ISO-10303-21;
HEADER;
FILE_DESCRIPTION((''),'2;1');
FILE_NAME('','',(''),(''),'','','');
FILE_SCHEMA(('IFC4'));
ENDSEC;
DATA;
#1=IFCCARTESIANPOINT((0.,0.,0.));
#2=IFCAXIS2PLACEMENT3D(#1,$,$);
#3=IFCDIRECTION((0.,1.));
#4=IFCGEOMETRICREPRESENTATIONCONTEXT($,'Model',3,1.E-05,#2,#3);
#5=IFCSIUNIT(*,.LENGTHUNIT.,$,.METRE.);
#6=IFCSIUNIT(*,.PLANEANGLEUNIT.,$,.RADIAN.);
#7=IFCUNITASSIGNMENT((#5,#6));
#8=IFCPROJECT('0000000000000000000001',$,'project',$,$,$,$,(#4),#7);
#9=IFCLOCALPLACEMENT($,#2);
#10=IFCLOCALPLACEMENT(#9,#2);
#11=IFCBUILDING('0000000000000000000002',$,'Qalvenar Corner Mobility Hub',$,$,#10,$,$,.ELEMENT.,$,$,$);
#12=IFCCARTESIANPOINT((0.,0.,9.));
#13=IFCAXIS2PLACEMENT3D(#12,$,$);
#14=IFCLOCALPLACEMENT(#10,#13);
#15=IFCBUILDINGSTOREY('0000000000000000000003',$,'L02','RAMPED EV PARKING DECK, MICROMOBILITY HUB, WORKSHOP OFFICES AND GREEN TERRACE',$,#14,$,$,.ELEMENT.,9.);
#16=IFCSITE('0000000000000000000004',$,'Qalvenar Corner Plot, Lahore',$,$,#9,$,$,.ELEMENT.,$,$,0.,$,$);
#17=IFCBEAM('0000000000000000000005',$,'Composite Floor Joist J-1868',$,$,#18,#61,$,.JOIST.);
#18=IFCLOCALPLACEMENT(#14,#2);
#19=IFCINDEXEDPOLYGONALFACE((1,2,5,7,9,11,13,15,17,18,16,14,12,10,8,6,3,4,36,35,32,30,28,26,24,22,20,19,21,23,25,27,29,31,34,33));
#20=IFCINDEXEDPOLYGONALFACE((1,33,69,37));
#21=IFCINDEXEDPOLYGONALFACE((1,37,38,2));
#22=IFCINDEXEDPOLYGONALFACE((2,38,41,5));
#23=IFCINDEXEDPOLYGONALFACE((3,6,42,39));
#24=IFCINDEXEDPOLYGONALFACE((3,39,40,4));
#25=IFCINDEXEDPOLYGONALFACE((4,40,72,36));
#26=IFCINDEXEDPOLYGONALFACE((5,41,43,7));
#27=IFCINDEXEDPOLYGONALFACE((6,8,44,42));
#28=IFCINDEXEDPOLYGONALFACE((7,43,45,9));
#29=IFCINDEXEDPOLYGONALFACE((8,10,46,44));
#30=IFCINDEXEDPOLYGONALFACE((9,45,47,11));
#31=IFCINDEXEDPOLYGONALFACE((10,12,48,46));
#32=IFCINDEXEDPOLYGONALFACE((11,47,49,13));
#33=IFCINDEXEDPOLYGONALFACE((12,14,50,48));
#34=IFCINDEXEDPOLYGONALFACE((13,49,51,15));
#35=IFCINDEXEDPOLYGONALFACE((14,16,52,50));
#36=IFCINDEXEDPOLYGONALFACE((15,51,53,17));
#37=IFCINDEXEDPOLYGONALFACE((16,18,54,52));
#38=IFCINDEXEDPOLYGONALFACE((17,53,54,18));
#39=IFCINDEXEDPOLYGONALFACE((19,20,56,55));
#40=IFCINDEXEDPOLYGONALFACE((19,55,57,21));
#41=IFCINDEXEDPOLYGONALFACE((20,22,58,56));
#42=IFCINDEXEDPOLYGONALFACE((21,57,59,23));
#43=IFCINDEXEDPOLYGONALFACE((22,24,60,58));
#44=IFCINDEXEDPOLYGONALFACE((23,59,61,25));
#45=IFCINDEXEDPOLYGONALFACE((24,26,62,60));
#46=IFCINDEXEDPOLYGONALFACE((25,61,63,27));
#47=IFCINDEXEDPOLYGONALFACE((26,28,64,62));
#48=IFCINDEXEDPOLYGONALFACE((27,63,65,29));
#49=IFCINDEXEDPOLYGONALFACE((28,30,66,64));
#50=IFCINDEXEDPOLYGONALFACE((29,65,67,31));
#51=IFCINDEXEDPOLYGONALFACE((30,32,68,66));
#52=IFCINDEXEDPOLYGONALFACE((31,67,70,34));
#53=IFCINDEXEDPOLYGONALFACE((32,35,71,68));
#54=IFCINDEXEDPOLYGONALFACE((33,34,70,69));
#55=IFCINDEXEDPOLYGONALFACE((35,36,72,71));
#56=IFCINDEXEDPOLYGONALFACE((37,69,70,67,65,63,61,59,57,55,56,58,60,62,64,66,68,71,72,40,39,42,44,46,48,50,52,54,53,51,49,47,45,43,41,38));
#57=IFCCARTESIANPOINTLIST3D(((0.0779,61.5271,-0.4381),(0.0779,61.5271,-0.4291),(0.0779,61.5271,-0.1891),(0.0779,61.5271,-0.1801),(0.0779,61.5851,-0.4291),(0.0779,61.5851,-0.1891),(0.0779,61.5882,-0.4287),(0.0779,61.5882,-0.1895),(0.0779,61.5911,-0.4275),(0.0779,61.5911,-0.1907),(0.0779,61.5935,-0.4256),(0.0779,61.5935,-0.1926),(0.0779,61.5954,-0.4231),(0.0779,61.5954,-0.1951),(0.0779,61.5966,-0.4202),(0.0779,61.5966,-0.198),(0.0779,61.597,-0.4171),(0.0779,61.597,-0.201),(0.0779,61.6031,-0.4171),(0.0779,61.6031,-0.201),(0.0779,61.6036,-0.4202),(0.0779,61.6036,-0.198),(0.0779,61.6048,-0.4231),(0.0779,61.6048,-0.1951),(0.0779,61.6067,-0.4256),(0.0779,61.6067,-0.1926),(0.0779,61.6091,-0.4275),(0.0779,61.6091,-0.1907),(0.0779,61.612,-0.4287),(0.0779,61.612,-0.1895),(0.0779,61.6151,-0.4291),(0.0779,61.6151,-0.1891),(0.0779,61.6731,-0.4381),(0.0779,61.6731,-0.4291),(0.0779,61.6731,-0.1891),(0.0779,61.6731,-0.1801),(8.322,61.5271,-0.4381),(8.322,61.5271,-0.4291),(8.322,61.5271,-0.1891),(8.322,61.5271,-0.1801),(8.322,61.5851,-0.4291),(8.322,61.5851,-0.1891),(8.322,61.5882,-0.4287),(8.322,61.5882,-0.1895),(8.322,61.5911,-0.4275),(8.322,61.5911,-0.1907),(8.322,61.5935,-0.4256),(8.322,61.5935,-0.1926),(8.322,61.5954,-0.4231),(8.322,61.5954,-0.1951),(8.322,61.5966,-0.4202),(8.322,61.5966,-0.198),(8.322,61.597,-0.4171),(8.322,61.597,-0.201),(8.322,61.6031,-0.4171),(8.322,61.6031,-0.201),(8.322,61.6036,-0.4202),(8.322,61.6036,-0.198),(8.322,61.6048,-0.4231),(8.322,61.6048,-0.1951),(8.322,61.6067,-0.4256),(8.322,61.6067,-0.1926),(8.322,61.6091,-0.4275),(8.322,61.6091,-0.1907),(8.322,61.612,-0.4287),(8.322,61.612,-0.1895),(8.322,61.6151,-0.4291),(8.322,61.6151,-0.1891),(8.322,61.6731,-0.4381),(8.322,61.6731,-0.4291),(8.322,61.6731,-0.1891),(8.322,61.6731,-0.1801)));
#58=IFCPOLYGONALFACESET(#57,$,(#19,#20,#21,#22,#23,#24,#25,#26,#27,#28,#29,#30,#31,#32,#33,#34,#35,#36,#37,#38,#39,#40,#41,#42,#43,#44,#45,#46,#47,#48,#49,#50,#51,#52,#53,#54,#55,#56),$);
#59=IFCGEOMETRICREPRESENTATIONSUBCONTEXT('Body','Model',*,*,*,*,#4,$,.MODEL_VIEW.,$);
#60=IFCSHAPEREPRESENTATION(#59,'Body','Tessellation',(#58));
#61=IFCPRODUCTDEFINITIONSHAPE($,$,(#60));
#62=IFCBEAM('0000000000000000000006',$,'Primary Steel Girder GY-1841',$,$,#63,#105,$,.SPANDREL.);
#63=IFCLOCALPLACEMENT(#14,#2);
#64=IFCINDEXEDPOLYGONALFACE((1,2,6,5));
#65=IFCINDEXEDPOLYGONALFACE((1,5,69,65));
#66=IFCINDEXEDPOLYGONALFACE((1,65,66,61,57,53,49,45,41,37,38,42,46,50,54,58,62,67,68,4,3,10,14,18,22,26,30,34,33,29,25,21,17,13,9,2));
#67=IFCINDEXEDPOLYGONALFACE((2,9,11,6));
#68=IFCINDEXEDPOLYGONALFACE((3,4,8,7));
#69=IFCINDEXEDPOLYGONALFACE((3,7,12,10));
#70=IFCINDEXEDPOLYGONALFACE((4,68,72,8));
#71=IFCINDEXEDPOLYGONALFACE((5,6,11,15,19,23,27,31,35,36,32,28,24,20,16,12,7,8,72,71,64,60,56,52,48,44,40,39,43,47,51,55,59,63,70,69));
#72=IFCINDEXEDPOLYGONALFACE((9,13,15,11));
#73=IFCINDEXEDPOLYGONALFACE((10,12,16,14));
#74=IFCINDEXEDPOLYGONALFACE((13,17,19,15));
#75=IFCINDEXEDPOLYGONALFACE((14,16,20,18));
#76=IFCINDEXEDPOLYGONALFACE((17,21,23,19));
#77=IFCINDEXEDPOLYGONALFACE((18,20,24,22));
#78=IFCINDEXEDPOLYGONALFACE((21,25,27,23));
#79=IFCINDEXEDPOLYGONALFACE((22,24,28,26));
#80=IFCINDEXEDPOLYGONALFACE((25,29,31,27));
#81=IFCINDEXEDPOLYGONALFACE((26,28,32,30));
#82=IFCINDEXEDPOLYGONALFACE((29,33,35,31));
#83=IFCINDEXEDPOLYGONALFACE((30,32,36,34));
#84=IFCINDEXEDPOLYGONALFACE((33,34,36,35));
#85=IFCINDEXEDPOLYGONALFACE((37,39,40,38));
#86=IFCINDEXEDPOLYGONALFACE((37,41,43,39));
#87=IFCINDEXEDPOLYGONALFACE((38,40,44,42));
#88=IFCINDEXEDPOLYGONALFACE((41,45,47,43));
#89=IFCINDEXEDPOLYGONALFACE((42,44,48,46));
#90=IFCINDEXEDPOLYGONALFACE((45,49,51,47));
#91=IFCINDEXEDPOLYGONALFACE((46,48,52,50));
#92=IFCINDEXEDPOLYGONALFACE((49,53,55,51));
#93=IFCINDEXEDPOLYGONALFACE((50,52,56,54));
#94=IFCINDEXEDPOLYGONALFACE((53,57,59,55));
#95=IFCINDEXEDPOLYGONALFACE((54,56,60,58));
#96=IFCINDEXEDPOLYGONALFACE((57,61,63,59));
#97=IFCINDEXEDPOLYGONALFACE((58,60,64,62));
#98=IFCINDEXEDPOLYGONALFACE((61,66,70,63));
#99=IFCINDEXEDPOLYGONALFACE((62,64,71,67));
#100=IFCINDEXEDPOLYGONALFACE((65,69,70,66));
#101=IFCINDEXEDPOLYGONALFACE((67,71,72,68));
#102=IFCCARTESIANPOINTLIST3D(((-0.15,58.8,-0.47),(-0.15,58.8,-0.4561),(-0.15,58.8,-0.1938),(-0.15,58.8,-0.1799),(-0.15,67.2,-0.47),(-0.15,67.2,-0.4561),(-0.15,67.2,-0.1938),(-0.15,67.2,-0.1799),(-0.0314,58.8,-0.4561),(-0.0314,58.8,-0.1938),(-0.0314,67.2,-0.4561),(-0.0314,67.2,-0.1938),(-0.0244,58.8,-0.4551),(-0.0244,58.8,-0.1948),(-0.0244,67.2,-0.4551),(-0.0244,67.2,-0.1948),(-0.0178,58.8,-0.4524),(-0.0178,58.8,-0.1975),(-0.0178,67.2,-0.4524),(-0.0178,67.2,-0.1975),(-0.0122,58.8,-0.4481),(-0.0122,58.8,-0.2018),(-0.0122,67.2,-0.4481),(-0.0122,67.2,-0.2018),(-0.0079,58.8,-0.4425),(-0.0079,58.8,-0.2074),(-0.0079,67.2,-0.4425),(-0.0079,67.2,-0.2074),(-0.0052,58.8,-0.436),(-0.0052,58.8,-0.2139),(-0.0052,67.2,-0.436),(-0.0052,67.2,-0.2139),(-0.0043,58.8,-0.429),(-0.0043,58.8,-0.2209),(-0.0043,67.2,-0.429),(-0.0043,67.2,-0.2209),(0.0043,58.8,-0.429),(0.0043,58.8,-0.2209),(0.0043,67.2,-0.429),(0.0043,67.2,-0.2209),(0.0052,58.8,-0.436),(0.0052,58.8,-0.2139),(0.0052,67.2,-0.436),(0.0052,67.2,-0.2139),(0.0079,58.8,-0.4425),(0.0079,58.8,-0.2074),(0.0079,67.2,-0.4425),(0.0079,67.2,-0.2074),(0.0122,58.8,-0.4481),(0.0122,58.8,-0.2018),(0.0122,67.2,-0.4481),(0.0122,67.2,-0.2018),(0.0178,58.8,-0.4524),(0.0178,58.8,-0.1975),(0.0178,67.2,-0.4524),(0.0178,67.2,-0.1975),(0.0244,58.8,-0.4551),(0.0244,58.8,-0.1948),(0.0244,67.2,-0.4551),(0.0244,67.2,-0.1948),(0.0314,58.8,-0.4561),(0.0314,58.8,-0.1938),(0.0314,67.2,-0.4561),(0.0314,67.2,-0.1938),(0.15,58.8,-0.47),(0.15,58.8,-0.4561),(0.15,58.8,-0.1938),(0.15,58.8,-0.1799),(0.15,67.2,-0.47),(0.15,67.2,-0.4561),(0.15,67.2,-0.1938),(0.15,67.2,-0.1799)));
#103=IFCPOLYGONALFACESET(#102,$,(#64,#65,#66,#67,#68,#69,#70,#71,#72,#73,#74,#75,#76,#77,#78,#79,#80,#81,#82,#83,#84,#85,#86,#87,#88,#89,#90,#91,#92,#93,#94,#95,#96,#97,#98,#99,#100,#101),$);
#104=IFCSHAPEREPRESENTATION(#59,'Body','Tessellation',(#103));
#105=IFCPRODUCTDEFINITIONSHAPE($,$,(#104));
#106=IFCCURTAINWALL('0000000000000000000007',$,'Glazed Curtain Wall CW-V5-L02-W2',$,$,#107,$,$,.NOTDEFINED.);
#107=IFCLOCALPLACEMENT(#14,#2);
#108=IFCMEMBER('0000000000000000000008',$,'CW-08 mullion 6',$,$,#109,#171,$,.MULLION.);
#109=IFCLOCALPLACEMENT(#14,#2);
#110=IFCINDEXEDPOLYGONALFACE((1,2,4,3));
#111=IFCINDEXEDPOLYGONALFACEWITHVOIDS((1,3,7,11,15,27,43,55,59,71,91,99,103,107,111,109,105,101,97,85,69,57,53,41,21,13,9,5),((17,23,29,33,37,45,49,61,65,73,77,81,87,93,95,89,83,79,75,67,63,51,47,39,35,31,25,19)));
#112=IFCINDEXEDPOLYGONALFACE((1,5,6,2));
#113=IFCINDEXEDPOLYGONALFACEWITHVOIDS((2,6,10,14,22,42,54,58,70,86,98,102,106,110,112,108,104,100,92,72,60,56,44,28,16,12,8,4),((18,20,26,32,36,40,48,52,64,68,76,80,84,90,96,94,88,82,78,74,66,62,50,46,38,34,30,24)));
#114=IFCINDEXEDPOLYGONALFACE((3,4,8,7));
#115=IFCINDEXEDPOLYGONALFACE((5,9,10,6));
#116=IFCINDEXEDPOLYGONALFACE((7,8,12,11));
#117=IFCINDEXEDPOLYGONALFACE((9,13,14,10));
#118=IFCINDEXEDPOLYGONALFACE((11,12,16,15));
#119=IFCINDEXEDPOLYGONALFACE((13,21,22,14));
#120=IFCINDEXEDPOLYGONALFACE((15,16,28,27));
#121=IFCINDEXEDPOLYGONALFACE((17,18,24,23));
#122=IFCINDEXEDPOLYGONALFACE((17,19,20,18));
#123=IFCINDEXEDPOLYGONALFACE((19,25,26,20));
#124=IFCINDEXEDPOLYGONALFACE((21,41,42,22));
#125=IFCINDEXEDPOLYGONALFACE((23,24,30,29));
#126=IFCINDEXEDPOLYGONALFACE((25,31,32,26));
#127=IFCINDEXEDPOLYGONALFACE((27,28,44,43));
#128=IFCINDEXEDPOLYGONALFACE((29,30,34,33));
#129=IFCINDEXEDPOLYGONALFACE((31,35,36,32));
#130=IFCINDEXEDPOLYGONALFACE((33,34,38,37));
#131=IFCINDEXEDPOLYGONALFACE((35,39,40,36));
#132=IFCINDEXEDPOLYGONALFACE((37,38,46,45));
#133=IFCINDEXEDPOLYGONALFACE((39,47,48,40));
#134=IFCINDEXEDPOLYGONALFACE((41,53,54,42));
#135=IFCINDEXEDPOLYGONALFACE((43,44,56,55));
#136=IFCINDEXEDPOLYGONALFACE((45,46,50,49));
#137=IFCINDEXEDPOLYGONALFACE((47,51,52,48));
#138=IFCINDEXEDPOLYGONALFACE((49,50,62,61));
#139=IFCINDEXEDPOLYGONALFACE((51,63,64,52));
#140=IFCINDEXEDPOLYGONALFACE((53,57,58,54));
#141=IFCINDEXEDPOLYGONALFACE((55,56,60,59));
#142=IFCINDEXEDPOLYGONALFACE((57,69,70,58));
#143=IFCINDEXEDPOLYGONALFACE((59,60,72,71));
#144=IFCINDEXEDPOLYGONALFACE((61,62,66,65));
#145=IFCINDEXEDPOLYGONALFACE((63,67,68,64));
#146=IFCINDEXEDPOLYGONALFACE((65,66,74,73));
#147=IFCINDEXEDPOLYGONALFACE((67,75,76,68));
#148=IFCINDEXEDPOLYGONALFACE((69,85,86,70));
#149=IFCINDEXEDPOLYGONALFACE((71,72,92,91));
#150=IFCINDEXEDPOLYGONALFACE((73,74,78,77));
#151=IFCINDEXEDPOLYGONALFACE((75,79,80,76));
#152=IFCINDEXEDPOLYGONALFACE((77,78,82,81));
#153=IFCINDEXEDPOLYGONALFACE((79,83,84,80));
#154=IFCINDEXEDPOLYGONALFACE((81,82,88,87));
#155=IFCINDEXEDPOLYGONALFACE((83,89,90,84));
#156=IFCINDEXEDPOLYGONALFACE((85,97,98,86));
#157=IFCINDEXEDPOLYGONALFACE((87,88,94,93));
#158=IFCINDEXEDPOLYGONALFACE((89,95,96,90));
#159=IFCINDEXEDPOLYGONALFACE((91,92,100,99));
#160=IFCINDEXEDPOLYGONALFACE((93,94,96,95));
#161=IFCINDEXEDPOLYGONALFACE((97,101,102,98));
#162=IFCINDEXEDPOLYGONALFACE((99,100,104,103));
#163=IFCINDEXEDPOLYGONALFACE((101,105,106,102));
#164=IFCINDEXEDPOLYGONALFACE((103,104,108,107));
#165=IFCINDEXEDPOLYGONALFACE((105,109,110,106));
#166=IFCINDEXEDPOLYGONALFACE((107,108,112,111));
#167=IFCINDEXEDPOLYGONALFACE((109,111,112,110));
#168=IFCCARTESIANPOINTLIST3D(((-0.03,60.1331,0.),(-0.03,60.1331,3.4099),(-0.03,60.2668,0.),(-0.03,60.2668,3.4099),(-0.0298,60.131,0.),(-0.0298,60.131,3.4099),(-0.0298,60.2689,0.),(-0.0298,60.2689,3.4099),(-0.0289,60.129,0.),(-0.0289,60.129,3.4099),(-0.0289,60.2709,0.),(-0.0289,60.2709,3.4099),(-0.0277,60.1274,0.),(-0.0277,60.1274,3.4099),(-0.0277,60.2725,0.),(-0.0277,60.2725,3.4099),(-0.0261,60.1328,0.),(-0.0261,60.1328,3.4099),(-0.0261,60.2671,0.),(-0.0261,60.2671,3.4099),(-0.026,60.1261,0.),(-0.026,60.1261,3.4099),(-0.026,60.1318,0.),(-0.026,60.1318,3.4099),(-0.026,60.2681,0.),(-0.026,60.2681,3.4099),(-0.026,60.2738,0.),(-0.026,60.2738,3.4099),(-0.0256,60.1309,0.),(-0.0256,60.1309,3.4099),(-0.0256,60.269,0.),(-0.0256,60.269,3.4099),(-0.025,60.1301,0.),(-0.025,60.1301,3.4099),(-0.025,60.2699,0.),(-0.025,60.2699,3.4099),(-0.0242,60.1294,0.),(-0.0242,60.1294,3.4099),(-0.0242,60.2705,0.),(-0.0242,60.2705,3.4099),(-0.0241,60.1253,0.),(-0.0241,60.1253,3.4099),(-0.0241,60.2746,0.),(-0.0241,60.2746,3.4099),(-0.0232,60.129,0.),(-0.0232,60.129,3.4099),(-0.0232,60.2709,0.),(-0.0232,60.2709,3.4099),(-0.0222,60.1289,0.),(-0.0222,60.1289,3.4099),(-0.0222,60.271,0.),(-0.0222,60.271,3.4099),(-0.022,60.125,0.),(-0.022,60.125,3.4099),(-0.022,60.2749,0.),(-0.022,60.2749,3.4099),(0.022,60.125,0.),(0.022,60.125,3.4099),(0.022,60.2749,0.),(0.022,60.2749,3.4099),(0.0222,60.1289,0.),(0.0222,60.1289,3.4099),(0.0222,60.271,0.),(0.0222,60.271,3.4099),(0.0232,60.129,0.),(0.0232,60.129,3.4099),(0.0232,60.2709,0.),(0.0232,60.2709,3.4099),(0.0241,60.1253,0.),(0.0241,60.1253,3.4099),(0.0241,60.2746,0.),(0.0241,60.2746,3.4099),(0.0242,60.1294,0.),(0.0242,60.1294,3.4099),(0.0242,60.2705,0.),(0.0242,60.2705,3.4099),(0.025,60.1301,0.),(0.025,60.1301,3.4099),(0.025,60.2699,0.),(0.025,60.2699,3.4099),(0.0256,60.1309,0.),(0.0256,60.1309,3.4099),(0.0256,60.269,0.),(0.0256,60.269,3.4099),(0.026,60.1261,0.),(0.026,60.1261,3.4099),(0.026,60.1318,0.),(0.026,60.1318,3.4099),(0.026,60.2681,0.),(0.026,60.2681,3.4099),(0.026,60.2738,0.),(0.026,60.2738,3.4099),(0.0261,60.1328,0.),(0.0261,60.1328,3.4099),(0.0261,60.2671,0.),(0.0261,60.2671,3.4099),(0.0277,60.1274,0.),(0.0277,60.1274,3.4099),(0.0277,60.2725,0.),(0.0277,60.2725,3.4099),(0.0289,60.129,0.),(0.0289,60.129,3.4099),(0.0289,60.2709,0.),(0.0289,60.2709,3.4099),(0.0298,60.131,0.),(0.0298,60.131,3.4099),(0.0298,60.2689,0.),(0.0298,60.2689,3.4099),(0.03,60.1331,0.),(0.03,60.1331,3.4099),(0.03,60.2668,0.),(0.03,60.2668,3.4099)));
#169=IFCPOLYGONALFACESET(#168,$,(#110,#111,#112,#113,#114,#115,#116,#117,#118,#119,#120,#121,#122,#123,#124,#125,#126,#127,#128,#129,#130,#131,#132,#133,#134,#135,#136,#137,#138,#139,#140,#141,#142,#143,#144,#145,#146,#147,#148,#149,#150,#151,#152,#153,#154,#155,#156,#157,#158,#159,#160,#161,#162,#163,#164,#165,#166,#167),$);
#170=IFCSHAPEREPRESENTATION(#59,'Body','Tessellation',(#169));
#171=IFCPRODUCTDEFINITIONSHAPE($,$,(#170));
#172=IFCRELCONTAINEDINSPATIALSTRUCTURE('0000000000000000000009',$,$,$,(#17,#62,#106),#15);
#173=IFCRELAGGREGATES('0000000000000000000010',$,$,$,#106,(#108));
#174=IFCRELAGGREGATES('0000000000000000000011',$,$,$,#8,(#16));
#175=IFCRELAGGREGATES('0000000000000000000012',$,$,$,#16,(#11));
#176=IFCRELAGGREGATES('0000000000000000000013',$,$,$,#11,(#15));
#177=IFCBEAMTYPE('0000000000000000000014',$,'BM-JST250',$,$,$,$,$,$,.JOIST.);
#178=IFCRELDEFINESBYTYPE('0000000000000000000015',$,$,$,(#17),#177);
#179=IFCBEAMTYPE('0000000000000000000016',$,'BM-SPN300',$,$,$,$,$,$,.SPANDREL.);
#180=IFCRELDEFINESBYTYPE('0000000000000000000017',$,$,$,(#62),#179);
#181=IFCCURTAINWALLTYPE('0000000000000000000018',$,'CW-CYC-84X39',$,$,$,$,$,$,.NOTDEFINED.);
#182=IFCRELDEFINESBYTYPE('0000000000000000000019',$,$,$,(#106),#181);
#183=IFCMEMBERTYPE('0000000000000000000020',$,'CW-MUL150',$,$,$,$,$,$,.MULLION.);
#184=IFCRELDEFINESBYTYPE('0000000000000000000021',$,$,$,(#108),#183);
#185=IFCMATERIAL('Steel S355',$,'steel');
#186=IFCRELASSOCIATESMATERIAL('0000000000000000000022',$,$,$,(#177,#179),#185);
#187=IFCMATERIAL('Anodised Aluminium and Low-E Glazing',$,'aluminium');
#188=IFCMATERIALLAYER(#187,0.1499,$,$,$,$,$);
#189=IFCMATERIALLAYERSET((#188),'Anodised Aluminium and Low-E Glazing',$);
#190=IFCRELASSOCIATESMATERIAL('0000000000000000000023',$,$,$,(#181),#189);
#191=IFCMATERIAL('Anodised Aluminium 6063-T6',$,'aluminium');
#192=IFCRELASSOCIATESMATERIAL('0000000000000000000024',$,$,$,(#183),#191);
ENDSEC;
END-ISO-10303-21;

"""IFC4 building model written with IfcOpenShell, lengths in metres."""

from ifc_helpers import new_model, si_unit, direction, frame, origin, origin_2d, place, context, subcontext, project, spatial, hollow_rectangle, i_section, extrude, material, layer, layer_set, material_profile, profile_set, type_object, element, aggregate, save


model = new_model("IFC4")

# Units and contexts
model_context = context("Model", 3, precision=1e-05, world=origin(), true_north=direction((0.0, 1.0)))
body_context = subcontext(model_context, "Body", "Model", "MODEL_VIEW")
ifc_project = project(units=[si_unit("LENGTHUNIT", "METRE"), si_unit("PLANEANGLEUNIT", "RADIAN")], contexts=[model_context])

# Site, building, storey
site_placement = place(None, origin())
site = spatial("IfcSite", under=ifc_project, at=site_placement, Name="Qalvenar Corner Plot, Lahore", CompositionType="ELEMENT", RefElevation=0.0)
building_placement = place(site_placement, origin())
building = spatial("IfcBuilding", under=site, at=building_placement, Name="Qalvenar Corner Mobility Hub", CompositionType="ELEMENT")
storey_placement = place(building_placement, frame((0.0, 0.0, 9.0)))
storey = spatial("IfcBuildingStorey", under=building, at=storey_placement, Name="L02", Description="RAMPED EV PARKING DECK, MICROMOBILITY HUB, WORKSHOP OFFICES AND GREEN TERRACE", CompositionType="ELEMENT", Elevation=9.0)

# Shared definitions
ifc_material_1 = material(Name="Steel S355", Category="steel")

# Beams
ifc_material_profile_1 = material_profile(ifc_material_1, i_section(OverallWidth=0.146, OverallDepth=0.2581, WebThickness=0.0061, FlangeThickness=0.009, FilletRadius=0.012, at=origin_2d()), Name="W250x32.7")
ifc_profile_set_1 = profile_set([ifc_material_profile_1], Name="Steel S355")
beam_type_1 = type_object("IfcBeamType", Name="BM-JST250", PredefinedType="JOIST", material=ifc_profile_set_1)
beam_1_placement = place(storey_placement, frame((0.0779, 61.6001, -0.3091), z_axis=(1.0, 0.0, 0.0), x_axis=(0.0, 1.0, 0.0)))
element("IfcBeam", 1, at=beam_1_placement, inside=storey, type_object=beam_type_1, Name="Composite Floor Joist J-1868", PredefinedType="JOIST", context=body_context, shape_type="SweptSolid", body=[
    extrude(i_section(OverallWidth=0.146, OverallDepth=0.2581, WebThickness=0.0061, FlangeThickness=0.009, FilletRadius=0.012, at=origin_2d()), origin(), (0.0, 0.0, 1.0), 8.2441),
])
ifc_material_profile_2 = material_profile(ifc_material_1, i_section(OverallWidth=0.3, OverallDepth=0.29, WebThickness=0.0085, FlangeThickness=0.0139, FilletRadius=0.0271, at=origin_2d()), Name="HEA300")
ifc_profile_set_2 = profile_set([ifc_material_profile_2], Name="Steel S355")
beam_type_2 = type_object("IfcBeamType", Name="BM-SPN300", PredefinedType="SPANDREL", material=ifc_profile_set_2)
beam_2_placement = place(storey_placement, frame((0.0, 58.8, -0.325), z_axis=(0.0, 1.0, 0.0), x_axis=(-1.0, 0.0, 0.0)))
element("IfcBeam", 2, at=beam_2_placement, inside=storey, type_object=beam_type_2, Name="Primary Steel Girder GY-1841", PredefinedType="SPANDREL", context=body_context, shape_type="SweptSolid", body=[
    extrude(i_section(OverallWidth=0.3, OverallDepth=0.29, WebThickness=0.0085, FlangeThickness=0.0139, FilletRadius=0.0271, at=origin_2d()), origin(), (0.0, 0.0, 1.0), 8.3999),
])

# Curtain wall, member
ifc_material_2 = material(Name="Anodised Aluminium and Low-E Glazing", Category="aluminium")
ifc_layer_1 = layer(ifc_material_2, 0.1499)
ifc_layer_set_1 = layer_set([ifc_layer_1], Name="Anodised Aluminium and Low-E Glazing")
curtain_wall_type = type_object("IfcCurtainWallType", Name="CW-CYC-84X39", PredefinedType="NOTDEFINED", material=ifc_layer_set_1)
curtain_wall_placement = place(storey_placement, origin())
curtain_wall = element("IfcCurtainWall", 3, at=curtain_wall_placement, inside=storey, type_object=curtain_wall_type, Name="Glazed Curtain Wall CW-V5-L02-W2", PredefinedType="NOTDEFINED")
ifc_material_3 = material(Name="Anodised Aluminium 6063-T6", Category="aluminium")
ifc_material_profile_3 = material_profile(ifc_material_3, hollow_rectangle(XDim=0.0601, YDim=0.1499, WallThickness=0.0039, InnerFilletRadius=0.0039, OuterFilletRadius=0.0081, at=origin_2d()), Name="RHS150x60x4")
ifc_profile_set_3 = profile_set([ifc_material_profile_3], Name="Anodised Aluminium 6063-T6")
member_type_1 = type_object("IfcMemberType", Name="CW-MUL150", PredefinedType="MULLION", material=ifc_profile_set_3)
member_1_placement = place(storey_placement, frame((0.0, 60.2, 0.0), z_axis=(0.0, 0.0, 1.0), x_axis=(1.0, 0.0, 0.0)))
member_1 = element("IfcMember", 4, at=member_1_placement, type_object=member_type_1, Name="CW-08 mullion 6", PredefinedType="MULLION", context=body_context, shape_type="SweptSolid", body=[
    extrude(hollow_rectangle(XDim=0.0601, YDim=0.1499, WallThickness=0.0039, InnerFilletRadius=0.0039, OuterFilletRadius=0.0081, at=origin_2d()), origin(), (0.0, 0.0, 1.0), 3.4099),
])
aggregate(curtain_wall, [member_1])

save(model, "model.ifc")
